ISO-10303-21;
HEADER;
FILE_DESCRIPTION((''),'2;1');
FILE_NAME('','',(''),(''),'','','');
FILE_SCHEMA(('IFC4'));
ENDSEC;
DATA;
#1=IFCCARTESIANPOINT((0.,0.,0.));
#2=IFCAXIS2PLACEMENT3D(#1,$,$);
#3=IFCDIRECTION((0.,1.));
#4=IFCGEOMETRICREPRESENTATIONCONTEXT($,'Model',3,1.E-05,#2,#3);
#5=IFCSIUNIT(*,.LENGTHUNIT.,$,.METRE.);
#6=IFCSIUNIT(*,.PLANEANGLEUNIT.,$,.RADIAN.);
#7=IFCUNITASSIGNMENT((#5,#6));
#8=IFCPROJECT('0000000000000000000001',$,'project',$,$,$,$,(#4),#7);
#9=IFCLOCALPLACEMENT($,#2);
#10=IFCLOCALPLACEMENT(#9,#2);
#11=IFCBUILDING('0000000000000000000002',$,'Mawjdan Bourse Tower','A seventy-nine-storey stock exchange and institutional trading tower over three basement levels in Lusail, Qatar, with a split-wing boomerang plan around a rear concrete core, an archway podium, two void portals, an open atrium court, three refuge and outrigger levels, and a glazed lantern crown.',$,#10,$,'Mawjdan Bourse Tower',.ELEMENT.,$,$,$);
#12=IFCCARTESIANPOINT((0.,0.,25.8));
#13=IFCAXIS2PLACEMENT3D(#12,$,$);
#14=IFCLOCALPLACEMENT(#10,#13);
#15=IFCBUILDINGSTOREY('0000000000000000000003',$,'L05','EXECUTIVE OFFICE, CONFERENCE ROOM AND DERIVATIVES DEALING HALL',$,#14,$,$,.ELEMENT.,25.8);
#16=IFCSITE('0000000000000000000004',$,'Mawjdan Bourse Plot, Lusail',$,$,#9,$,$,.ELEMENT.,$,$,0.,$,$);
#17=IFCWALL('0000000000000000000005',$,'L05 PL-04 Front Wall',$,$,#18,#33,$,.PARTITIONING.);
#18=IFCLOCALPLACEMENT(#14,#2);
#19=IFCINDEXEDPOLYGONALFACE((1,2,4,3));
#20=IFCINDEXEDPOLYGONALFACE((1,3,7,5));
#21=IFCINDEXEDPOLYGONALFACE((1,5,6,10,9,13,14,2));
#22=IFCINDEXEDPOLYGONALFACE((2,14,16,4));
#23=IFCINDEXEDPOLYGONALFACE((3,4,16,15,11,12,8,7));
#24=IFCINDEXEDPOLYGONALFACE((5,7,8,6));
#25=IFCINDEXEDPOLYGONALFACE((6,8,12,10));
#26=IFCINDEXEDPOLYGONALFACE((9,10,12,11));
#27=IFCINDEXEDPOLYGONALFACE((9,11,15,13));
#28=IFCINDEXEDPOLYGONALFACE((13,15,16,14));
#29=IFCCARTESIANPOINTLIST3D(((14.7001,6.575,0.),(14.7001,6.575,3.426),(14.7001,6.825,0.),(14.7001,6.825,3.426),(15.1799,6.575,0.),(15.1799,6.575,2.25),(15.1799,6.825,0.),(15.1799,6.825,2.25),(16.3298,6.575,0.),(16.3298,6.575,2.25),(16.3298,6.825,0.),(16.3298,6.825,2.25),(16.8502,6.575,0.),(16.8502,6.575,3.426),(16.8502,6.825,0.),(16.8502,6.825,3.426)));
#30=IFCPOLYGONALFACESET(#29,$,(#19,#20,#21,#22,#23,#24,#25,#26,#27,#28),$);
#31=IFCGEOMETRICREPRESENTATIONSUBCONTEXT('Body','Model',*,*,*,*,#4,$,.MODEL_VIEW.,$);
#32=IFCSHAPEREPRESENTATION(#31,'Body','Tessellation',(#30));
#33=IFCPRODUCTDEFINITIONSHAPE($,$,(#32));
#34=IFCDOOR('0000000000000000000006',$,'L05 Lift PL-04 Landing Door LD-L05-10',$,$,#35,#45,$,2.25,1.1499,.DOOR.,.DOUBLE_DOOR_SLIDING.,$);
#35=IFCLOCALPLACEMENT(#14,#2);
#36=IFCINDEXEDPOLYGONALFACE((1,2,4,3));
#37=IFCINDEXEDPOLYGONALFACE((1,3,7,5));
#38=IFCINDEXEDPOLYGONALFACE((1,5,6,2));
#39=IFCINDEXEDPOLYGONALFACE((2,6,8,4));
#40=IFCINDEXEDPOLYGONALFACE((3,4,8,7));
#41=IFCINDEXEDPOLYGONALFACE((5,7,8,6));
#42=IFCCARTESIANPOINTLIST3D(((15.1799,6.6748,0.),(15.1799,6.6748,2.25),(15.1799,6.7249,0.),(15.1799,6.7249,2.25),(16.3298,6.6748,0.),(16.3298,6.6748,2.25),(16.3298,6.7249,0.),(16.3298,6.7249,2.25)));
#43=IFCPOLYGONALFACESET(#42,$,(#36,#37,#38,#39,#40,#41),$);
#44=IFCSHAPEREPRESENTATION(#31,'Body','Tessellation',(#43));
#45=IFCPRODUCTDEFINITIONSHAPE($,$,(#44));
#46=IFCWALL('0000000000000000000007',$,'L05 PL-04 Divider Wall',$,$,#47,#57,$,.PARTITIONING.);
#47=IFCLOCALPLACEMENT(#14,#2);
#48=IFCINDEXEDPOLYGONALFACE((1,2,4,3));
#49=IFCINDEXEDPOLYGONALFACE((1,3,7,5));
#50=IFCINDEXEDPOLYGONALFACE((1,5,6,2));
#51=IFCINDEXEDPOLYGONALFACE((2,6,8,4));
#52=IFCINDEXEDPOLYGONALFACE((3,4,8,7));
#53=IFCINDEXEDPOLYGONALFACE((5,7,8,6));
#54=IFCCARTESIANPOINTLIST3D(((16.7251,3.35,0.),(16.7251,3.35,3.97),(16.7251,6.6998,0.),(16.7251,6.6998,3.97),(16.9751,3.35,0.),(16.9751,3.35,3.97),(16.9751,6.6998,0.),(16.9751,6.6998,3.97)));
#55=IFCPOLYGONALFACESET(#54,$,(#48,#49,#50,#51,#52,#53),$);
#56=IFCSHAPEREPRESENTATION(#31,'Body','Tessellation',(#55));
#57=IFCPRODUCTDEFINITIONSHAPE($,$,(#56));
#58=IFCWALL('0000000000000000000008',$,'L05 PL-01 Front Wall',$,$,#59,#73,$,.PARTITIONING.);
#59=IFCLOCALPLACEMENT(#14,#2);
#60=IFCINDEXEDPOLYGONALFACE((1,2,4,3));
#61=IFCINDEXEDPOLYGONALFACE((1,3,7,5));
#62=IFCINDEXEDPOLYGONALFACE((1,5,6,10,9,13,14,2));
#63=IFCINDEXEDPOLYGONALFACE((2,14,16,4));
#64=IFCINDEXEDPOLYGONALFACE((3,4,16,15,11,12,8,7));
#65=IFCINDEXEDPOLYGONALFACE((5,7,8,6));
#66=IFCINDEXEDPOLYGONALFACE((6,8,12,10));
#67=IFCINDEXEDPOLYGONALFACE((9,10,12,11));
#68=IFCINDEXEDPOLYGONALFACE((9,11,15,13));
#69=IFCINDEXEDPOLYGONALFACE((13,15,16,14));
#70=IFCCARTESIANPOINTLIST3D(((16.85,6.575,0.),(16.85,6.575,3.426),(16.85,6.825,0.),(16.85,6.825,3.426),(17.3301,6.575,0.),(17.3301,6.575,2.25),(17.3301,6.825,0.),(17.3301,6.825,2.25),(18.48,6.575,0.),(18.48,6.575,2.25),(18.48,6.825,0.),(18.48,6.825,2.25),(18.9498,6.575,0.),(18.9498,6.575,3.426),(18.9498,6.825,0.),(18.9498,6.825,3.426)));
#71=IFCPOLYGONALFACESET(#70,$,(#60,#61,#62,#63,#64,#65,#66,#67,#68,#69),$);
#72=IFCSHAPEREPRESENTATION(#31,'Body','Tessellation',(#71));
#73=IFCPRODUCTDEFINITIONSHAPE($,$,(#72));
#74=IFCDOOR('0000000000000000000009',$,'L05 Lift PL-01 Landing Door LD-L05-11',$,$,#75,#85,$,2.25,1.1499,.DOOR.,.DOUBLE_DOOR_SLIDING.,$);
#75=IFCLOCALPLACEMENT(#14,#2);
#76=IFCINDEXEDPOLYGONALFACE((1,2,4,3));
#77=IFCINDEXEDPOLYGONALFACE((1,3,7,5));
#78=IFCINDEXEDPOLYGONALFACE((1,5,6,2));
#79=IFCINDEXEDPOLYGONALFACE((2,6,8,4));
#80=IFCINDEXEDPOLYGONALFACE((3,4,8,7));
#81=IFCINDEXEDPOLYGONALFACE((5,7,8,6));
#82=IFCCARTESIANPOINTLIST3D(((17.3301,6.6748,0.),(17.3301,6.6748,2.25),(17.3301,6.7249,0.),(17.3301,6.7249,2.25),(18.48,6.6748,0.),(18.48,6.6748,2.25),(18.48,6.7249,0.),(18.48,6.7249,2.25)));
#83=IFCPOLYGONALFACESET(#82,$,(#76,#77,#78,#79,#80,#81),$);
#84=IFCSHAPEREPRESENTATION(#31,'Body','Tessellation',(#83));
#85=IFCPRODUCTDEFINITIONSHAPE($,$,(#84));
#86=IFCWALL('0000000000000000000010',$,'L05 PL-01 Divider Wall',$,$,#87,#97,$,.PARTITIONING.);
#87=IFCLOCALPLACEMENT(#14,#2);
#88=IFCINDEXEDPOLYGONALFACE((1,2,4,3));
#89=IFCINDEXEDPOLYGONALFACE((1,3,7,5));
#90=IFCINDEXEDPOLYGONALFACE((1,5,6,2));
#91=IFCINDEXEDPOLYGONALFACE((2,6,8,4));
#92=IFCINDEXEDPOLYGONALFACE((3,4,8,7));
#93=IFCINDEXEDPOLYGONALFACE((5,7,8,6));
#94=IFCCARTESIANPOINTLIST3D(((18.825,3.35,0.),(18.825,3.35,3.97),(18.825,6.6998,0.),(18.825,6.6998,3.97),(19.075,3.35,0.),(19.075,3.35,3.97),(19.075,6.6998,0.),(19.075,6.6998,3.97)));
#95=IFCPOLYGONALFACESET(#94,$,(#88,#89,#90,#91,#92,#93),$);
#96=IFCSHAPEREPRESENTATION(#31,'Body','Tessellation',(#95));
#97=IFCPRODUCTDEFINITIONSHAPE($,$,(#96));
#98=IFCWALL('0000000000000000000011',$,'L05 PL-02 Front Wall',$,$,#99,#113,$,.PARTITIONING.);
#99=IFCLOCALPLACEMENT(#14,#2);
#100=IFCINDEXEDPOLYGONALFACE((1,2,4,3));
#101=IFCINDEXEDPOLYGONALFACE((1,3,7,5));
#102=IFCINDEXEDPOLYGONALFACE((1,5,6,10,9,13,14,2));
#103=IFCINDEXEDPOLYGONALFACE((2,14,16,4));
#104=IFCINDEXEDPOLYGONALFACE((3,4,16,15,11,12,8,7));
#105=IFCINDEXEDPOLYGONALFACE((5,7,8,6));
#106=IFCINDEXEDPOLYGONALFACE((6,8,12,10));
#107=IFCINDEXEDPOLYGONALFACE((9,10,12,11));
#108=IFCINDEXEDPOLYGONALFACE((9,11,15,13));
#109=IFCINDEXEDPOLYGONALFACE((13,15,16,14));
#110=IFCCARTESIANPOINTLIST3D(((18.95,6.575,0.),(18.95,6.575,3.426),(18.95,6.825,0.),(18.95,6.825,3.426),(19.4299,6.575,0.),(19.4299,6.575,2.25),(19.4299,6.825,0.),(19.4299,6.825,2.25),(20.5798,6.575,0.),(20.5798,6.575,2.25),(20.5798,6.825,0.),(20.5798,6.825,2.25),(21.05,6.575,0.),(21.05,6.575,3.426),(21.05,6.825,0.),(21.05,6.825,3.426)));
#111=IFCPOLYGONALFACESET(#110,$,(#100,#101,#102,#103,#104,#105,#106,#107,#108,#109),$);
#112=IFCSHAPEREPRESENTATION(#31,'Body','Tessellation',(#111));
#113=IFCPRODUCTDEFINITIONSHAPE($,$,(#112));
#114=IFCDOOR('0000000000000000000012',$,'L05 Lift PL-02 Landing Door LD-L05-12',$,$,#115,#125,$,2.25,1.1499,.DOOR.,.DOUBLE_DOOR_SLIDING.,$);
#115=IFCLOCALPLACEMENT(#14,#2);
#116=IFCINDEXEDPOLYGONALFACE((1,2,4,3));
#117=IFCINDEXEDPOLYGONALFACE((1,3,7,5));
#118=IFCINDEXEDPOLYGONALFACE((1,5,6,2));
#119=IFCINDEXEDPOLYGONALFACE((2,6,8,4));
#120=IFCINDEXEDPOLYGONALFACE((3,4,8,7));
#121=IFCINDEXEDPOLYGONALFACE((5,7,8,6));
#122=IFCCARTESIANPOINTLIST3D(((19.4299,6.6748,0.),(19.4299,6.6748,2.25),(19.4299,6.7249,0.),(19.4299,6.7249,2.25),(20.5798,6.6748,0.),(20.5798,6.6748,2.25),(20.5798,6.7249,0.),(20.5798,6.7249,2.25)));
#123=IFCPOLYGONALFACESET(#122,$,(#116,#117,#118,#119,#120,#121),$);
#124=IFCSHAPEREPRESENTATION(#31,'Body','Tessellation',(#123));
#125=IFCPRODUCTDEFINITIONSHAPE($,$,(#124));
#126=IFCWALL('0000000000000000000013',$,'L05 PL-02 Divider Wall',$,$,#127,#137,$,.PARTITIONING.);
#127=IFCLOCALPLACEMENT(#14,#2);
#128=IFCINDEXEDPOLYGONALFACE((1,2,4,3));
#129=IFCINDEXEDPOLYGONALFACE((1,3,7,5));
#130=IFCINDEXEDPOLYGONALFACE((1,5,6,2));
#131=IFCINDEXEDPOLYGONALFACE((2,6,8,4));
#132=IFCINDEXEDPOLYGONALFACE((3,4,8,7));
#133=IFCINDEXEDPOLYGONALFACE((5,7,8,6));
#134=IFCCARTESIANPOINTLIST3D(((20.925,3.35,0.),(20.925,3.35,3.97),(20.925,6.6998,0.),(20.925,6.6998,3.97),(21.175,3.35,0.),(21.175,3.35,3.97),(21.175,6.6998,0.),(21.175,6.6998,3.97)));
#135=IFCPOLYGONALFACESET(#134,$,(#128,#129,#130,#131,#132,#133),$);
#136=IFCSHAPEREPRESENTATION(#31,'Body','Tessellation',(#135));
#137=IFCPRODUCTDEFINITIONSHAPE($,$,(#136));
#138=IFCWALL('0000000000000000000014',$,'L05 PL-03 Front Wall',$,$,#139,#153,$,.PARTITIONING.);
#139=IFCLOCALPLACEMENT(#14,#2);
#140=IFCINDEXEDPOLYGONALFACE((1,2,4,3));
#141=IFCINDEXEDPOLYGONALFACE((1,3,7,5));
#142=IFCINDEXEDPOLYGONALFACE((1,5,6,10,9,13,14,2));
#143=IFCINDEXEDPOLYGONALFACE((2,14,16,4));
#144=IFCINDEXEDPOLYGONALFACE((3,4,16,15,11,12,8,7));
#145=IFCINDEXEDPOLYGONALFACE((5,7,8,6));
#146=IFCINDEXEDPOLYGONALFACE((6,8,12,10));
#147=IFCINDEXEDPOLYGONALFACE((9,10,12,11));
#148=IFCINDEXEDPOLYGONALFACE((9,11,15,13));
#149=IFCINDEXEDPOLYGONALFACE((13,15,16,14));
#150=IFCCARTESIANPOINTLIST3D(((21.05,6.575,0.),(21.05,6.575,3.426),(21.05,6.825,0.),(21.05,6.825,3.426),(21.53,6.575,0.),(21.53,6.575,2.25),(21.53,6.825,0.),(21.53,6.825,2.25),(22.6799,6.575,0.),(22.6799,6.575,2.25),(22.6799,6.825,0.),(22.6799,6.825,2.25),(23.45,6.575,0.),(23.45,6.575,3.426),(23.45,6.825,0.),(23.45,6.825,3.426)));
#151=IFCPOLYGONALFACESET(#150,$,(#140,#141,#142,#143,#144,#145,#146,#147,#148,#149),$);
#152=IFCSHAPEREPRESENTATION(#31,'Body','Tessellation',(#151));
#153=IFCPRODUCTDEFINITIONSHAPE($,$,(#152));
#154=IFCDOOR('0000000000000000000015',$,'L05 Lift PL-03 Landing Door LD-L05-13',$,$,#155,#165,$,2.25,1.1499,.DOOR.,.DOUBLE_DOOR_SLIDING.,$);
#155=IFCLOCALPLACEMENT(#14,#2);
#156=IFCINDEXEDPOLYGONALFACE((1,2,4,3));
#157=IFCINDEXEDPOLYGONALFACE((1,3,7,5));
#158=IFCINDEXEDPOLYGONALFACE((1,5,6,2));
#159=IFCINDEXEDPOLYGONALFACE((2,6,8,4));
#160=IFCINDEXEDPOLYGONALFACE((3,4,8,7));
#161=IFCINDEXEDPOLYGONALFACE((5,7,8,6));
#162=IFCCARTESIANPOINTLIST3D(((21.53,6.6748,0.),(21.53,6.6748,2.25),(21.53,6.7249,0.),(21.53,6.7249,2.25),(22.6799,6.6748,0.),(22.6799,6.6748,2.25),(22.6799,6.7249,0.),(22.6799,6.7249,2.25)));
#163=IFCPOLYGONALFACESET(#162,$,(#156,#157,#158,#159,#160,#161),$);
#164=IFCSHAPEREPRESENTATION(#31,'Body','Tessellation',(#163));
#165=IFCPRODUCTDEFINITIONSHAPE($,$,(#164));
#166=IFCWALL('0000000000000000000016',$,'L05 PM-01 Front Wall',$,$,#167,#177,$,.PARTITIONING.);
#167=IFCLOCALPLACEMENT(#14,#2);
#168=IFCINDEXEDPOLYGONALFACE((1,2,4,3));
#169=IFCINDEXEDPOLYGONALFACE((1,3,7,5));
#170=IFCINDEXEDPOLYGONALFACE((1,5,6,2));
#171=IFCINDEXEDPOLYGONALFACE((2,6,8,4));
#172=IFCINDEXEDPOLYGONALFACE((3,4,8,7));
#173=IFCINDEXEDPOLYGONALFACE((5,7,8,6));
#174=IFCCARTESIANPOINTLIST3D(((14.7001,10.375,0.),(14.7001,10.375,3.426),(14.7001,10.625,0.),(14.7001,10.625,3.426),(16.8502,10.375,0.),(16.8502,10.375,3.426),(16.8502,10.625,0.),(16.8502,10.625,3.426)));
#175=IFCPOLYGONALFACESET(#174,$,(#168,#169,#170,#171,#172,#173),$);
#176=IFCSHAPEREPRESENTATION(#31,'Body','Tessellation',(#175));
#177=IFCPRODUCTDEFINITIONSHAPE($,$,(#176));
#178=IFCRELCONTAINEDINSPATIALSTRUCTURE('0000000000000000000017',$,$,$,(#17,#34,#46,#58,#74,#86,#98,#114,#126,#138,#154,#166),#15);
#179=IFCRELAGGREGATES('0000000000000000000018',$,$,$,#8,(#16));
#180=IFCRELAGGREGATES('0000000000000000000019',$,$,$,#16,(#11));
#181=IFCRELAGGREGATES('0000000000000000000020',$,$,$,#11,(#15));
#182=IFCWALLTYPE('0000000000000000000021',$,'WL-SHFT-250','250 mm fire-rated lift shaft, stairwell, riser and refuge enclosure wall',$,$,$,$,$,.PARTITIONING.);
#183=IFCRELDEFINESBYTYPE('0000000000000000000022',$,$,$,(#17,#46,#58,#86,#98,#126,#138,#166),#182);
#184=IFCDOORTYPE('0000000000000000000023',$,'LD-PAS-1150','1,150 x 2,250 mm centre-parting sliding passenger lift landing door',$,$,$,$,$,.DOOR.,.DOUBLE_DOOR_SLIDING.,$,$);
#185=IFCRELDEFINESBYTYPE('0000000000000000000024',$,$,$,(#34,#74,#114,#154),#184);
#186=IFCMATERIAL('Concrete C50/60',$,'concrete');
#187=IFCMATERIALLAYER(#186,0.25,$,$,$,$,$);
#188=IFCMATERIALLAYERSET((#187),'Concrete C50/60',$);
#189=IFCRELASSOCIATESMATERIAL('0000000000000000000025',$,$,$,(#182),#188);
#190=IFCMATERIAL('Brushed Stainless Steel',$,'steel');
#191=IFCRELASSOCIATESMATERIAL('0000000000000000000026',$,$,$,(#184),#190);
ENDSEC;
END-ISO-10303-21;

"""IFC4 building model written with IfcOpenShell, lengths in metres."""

from ifc_helpers import new_model, si_unit, direction, frame, frame_2d, origin, place, context, subcontext, project, spatial, rectangle, extrude, material, layer, layer_set, type_object, element, fill, save


model = new_model("IFC4")

# Units and contexts
model_context = context("Model", 3, precision=1e-05, world=origin(), true_north=direction((0.0, 1.0)))
body_context = subcontext(model_context, "Body", "Model", "MODEL_VIEW")
ifc_project = project(units=[si_unit("LENGTHUNIT", "METRE"), si_unit("PLANEANGLEUNIT", "RADIAN")], contexts=[model_context])

# Site, building, storey
site_placement = place(None, origin())
site = spatial("IfcSite", under=ifc_project, at=site_placement, Name="Mawjdan Bourse Plot, Lusail", CompositionType="ELEMENT", RefElevation=0.0)
building_placement = place(site_placement, origin())
building = spatial("IfcBuilding", under=site, at=building_placement, Name="Mawjdan Bourse Tower", Description="A seventy-nine-storey stock exchange and institutional trading tower over three basement levels in Lusail, Qatar, with a split-wing boomerang plan around a rear concrete core, an archway podium, two void portals, an open atrium court, three refuge and outrigger levels, and a glazed lantern crown.", LongName="Mawjdan Bourse Tower", CompositionType="ELEMENT")
storey_placement = place(building_placement, frame((0.0, 0.0, 25.8)))
storey = spatial("IfcBuildingStorey", under=building, at=storey_placement, Name="L05", Description="EXECUTIVE OFFICE, CONFERENCE ROOM AND DERIVATIVES DEALING HALL", CompositionType="ELEMENT", Elevation=25.8)

# Shared definitions
ifc_material_1 = material(Name="Concrete C50/60", Category="concrete")
ifc_layer_1 = layer(ifc_material_1, 0.25)
ifc_layer_set_1 = layer_set([ifc_layer_1], Name="Concrete C50/60")
wall_type_1 = type_object("IfcWallType", Name="WL-SHFT-250", Description="250 mm fire-rated lift shaft, stairwell, riser and refuge enclosure wall", PredefinedType="PARTITIONING", material=ifc_layer_set_1)

# Shared definitions
ifc_material_2 = material(Name="Brushed Stainless Steel", Category="steel")

# Wall, opening, door
wall_1_placement = place(storey_placement, frame((14.7, 6.7, 0.0), z_axis=(0.0, 0.0, 1.0), x_axis=(1.0, 0.0, 0.0)))
wall_1 = element("IfcWall", 1, at=wall_1_placement, inside=storey, type_object=wall_type_1, Name="L05 PL-04 Front Wall", PredefinedType="PARTITIONING", context=body_context, shape_type="SweptSolid", body=[
    extrude(rectangle(XDim=2.1501, YDim=0.25, at=frame_2d((1.0752, 0.0))), origin(), (0.0, 0.0, 1.0), 3.426),
])
opening_1_placement = place(wall_1_placement, frame((0.48, 0.0, 0.0)))
opening_1 = element("IfcOpeningElement", 2, at=opening_1_placement, cuts=wall_1, PredefinedType="OPENING", context=body_context, shape_type="SweptSolid", body=[
    extrude(rectangle(XDim=1.1499, YDim=2.25, at=frame_2d((0.575, 1.125))), frame((0.0, 0.135, 0.0), z_axis=(0.0, -1.0, 0.0), x_axis=(1.0, 0.0, 0.0)), (0.0, 0.0, 1.0), 0.27),
])
door_type_1 = type_object("IfcDoorType", Name="LD-PAS-1150", Description="1,150 x 2,250 mm centre-parting sliding passenger lift landing door", OperationType="DOUBLE_DOOR_SLIDING", PredefinedType="DOOR", material=ifc_material_2)
door_1_placement = place(opening_1_placement, origin())
door_1 = element("IfcDoor", 3, at=door_1_placement, inside=storey, type_object=door_type_1, Name="L05 Lift PL-04 Landing Door LD-L05-10", OperationType="DOUBLE_DOOR_SLIDING", OverallHeight=2.25, OverallWidth=1.1499, PredefinedType="DOOR", context=body_context, shape_type="SweptSolid", body=[
    extrude(rectangle(XDim=1.1499, YDim=2.25, at=frame_2d((0.575, 1.125))), frame((0.0, 0.0249, 0.0), z_axis=(0.0, -1.0, 0.0), x_axis=(1.0, 0.0, 0.0)), (0.0, 0.0, 1.0), 0.05),
])
fill(opening_1, door_1)

# Wall
wall_2_placement = place(storey_placement, frame((16.8501, 3.3501, 0.0), z_axis=(0.0, 0.0, 1.0), x_axis=(0.0, 1.0, 0.0)))
element("IfcWall", 4, at=wall_2_placement, inside=storey, type_object=wall_type_1, Name="L05 PL-04 Divider Wall", PredefinedType="PARTITIONING", context=body_context, shape_type="SweptSolid", body=[
    extrude(rectangle(XDim=3.3499, YDim=0.25, at=frame_2d((1.6748, 0.0))), origin(), (0.0, 0.0, 1.0), 3.97),
])

# Wall, opening, door
wall_3_placement = place(storey_placement, frame((16.8501, 6.7, 0.0), z_axis=(0.0, 0.0, 1.0), x_axis=(1.0, 0.0, 0.0)))
wall_3 = element("IfcWall", 5, at=wall_3_placement, inside=storey, type_object=wall_type_1, Name="L05 PL-01 Front Wall", PredefinedType="PARTITIONING", context=body_context, shape_type="SweptSolid", body=[
    extrude(rectangle(XDim=2.0999, YDim=0.25, at=frame_2d((1.0498, 0.0))), origin(), (0.0, 0.0, 1.0), 3.426),
])
opening_2_placement = place(wall_3_placement, frame((0.48, 0.0, 0.0)))
opening_2 = element("IfcOpeningElement", 6, at=opening_2_placement, cuts=wall_3, PredefinedType="OPENING", context=body_context, shape_type="SweptSolid", body=[
    extrude(rectangle(XDim=1.1499, YDim=2.25, at=frame_2d((0.575, 1.125))), frame((0.0, 0.135, 0.0), z_axis=(0.0, -1.0, 0.0), x_axis=(1.0, 0.0, 0.0)), (0.0, 0.0, 1.0), 0.27),
])
door_2_placement = place(opening_2_placement, origin())
door_2 = element("IfcDoor", 7, at=door_2_placement, inside=storey, type_object=door_type_1, Name="L05 Lift PL-01 Landing Door LD-L05-11", OperationType="DOUBLE_DOOR_SLIDING", OverallHeight=2.25, OverallWidth=1.1499, PredefinedType="DOOR", context=body_context, shape_type="SweptSolid", body=[
    extrude(rectangle(XDim=1.1499, YDim=2.25, at=frame_2d((0.575, 1.125))), frame((0.0, 0.0249, 0.0), z_axis=(0.0, -1.0, 0.0), x_axis=(1.0, 0.0, 0.0)), (0.0, 0.0, 1.0), 0.05),
])
fill(opening_2, door_2)

# Wall
wall_4_placement = place(storey_placement, frame((18.95, 3.3501, 0.0), z_axis=(0.0, 0.0, 1.0), x_axis=(0.0, 1.0, 0.0)))
element("IfcWall", 8, at=wall_4_placement, inside=storey, type_object=wall_type_1, Name="L05 PL-01 Divider Wall", PredefinedType="PARTITIONING", context=body_context, shape_type="SweptSolid", body=[
    extrude(rectangle(XDim=3.3499, YDim=0.25, at=frame_2d((1.6748, 0.0))), origin(), (0.0, 0.0, 1.0), 3.97),
])

# Wall, opening, door
wall_5_placement = place(storey_placement, frame((18.95, 6.7, 0.0), z_axis=(0.0, 0.0, 1.0), x_axis=(1.0, 0.0, 0.0)))
wall_5 = element("IfcWall", 9, at=wall_5_placement, inside=storey, type_object=wall_type_1, Name="L05 PL-02 Front Wall", PredefinedType="PARTITIONING", context=body_context, shape_type="SweptSolid", body=[
    extrude(rectangle(XDim=2.1001, YDim=0.25, at=frame_2d((1.05, 0.0))), origin(), (0.0, 0.0, 1.0), 3.426),
])
opening_3_placement = place(wall_5_placement, frame((0.48, 0.0, 0.0)))
opening_3 = element("IfcOpeningElement", 10, at=opening_3_placement, cuts=wall_5, PredefinedType="OPENING", context=body_context, shape_type="SweptSolid", body=[
    extrude(rectangle(XDim=1.1499, YDim=2.25, at=frame_2d((0.575, 1.125))), frame((0.0, 0.135, 0.0), z_axis=(0.0, -1.0, 0.0), x_axis=(1.0, 0.0, 0.0)), (0.0, 0.0, 1.0), 0.27),
])
door_3_placement = place(opening_3_placement, origin())
door_3 = element("IfcDoor", 11, at=door_3_placement, inside=storey, type_object=door_type_1, Name="L05 Lift PL-02 Landing Door LD-L05-12", OperationType="DOUBLE_DOOR_SLIDING", OverallHeight=2.25, OverallWidth=1.1499, PredefinedType="DOOR", context=body_context, shape_type="SweptSolid", body=[
    extrude(rectangle(XDim=1.1499, YDim=2.25, at=frame_2d((0.575, 1.125))), frame((0.0, 0.0249, 0.0), z_axis=(0.0, -1.0, 0.0), x_axis=(1.0, 0.0, 0.0)), (0.0, 0.0, 1.0), 0.05),
])
fill(opening_3, door_3)

# Wall
wall_6_placement = place(storey_placement, frame((21.05, 3.3501, 0.0), z_axis=(0.0, 0.0, 1.0), x_axis=(0.0, 1.0, 0.0)))
element("IfcWall", 12, at=wall_6_placement, inside=storey, type_object=wall_type_1, Name="L05 PL-02 Divider Wall", PredefinedType="PARTITIONING", context=body_context, shape_type="SweptSolid", body=[
    extrude(rectangle(XDim=3.3499, YDim=0.25, at=frame_2d((1.6748, 0.0))), origin(), (0.0, 0.0, 1.0), 3.97),
])

# Wall, opening, door
wall_7_placement = place(storey_placement, frame((21.05, 6.7, 0.0), z_axis=(0.0, 0.0, 1.0), x_axis=(1.0, 0.0, 0.0)))
wall_7 = element("IfcWall", 13, at=wall_7_placement, inside=storey, type_object=wall_type_1, Name="L05 PL-03 Front Wall", PredefinedType="PARTITIONING", context=body_context, shape_type="SweptSolid", body=[
    extrude(rectangle(XDim=2.3999, YDim=0.25, at=frame_2d((1.2, 0.0))), origin(), (0.0, 0.0, 1.0), 3.426),
])
opening_4_placement = place(wall_7_placement, frame((0.48, 0.0, 0.0)))
opening_4 = element("IfcOpeningElement", 14, at=opening_4_placement, cuts=wall_7, PredefinedType="OPENING", context=body_context, shape_type="SweptSolid", body=[
    extrude(rectangle(XDim=1.1499, YDim=2.25, at=frame_2d((0.575, 1.125))), frame((0.0, 0.135, 0.0), z_axis=(0.0, -1.0, 0.0), x_axis=(1.0, 0.0, 0.0)), (0.0, 0.0, 1.0), 0.27),
])
door_4_placement = place(opening_4_placement, origin())
door_4 = element("IfcDoor", 15, at=door_4_placement, inside=storey, type_object=door_type_1, Name="L05 Lift PL-03 Landing Door LD-L05-13", OperationType="DOUBLE_DOOR_SLIDING", OverallHeight=2.25, OverallWidth=1.1499, PredefinedType="DOOR", context=body_context, shape_type="SweptSolid", body=[
    extrude(rectangle(XDim=1.1499, YDim=2.25, at=frame_2d((0.575, 1.125))), frame((0.0, 0.0249, 0.0), z_axis=(0.0, -1.0, 0.0), x_axis=(1.0, 0.0, 0.0)), (0.0, 0.0, 1.0), 0.05),
])
fill(opening_4, door_4)

# Wall
wall_8_placement = place(storey_placement, frame((14.7, 10.5, 0.0), z_axis=(0.0, 0.0, 1.0), x_axis=(1.0, 0.0, 0.0)))
element("IfcWall", 16, at=wall_8_placement, inside=storey, type_object=wall_type_1, Name="L05 PM-01 Front Wall", PredefinedType="PARTITIONING", context=body_context, shape_type="SweptSolid", body=[
    extrude(rectangle(XDim=2.1501, YDim=0.25, at=frame_2d((1.0752, 0.0))), origin(), (0.0, 0.0, 1.0), 3.426),
])

save(model, "model.ifc")
